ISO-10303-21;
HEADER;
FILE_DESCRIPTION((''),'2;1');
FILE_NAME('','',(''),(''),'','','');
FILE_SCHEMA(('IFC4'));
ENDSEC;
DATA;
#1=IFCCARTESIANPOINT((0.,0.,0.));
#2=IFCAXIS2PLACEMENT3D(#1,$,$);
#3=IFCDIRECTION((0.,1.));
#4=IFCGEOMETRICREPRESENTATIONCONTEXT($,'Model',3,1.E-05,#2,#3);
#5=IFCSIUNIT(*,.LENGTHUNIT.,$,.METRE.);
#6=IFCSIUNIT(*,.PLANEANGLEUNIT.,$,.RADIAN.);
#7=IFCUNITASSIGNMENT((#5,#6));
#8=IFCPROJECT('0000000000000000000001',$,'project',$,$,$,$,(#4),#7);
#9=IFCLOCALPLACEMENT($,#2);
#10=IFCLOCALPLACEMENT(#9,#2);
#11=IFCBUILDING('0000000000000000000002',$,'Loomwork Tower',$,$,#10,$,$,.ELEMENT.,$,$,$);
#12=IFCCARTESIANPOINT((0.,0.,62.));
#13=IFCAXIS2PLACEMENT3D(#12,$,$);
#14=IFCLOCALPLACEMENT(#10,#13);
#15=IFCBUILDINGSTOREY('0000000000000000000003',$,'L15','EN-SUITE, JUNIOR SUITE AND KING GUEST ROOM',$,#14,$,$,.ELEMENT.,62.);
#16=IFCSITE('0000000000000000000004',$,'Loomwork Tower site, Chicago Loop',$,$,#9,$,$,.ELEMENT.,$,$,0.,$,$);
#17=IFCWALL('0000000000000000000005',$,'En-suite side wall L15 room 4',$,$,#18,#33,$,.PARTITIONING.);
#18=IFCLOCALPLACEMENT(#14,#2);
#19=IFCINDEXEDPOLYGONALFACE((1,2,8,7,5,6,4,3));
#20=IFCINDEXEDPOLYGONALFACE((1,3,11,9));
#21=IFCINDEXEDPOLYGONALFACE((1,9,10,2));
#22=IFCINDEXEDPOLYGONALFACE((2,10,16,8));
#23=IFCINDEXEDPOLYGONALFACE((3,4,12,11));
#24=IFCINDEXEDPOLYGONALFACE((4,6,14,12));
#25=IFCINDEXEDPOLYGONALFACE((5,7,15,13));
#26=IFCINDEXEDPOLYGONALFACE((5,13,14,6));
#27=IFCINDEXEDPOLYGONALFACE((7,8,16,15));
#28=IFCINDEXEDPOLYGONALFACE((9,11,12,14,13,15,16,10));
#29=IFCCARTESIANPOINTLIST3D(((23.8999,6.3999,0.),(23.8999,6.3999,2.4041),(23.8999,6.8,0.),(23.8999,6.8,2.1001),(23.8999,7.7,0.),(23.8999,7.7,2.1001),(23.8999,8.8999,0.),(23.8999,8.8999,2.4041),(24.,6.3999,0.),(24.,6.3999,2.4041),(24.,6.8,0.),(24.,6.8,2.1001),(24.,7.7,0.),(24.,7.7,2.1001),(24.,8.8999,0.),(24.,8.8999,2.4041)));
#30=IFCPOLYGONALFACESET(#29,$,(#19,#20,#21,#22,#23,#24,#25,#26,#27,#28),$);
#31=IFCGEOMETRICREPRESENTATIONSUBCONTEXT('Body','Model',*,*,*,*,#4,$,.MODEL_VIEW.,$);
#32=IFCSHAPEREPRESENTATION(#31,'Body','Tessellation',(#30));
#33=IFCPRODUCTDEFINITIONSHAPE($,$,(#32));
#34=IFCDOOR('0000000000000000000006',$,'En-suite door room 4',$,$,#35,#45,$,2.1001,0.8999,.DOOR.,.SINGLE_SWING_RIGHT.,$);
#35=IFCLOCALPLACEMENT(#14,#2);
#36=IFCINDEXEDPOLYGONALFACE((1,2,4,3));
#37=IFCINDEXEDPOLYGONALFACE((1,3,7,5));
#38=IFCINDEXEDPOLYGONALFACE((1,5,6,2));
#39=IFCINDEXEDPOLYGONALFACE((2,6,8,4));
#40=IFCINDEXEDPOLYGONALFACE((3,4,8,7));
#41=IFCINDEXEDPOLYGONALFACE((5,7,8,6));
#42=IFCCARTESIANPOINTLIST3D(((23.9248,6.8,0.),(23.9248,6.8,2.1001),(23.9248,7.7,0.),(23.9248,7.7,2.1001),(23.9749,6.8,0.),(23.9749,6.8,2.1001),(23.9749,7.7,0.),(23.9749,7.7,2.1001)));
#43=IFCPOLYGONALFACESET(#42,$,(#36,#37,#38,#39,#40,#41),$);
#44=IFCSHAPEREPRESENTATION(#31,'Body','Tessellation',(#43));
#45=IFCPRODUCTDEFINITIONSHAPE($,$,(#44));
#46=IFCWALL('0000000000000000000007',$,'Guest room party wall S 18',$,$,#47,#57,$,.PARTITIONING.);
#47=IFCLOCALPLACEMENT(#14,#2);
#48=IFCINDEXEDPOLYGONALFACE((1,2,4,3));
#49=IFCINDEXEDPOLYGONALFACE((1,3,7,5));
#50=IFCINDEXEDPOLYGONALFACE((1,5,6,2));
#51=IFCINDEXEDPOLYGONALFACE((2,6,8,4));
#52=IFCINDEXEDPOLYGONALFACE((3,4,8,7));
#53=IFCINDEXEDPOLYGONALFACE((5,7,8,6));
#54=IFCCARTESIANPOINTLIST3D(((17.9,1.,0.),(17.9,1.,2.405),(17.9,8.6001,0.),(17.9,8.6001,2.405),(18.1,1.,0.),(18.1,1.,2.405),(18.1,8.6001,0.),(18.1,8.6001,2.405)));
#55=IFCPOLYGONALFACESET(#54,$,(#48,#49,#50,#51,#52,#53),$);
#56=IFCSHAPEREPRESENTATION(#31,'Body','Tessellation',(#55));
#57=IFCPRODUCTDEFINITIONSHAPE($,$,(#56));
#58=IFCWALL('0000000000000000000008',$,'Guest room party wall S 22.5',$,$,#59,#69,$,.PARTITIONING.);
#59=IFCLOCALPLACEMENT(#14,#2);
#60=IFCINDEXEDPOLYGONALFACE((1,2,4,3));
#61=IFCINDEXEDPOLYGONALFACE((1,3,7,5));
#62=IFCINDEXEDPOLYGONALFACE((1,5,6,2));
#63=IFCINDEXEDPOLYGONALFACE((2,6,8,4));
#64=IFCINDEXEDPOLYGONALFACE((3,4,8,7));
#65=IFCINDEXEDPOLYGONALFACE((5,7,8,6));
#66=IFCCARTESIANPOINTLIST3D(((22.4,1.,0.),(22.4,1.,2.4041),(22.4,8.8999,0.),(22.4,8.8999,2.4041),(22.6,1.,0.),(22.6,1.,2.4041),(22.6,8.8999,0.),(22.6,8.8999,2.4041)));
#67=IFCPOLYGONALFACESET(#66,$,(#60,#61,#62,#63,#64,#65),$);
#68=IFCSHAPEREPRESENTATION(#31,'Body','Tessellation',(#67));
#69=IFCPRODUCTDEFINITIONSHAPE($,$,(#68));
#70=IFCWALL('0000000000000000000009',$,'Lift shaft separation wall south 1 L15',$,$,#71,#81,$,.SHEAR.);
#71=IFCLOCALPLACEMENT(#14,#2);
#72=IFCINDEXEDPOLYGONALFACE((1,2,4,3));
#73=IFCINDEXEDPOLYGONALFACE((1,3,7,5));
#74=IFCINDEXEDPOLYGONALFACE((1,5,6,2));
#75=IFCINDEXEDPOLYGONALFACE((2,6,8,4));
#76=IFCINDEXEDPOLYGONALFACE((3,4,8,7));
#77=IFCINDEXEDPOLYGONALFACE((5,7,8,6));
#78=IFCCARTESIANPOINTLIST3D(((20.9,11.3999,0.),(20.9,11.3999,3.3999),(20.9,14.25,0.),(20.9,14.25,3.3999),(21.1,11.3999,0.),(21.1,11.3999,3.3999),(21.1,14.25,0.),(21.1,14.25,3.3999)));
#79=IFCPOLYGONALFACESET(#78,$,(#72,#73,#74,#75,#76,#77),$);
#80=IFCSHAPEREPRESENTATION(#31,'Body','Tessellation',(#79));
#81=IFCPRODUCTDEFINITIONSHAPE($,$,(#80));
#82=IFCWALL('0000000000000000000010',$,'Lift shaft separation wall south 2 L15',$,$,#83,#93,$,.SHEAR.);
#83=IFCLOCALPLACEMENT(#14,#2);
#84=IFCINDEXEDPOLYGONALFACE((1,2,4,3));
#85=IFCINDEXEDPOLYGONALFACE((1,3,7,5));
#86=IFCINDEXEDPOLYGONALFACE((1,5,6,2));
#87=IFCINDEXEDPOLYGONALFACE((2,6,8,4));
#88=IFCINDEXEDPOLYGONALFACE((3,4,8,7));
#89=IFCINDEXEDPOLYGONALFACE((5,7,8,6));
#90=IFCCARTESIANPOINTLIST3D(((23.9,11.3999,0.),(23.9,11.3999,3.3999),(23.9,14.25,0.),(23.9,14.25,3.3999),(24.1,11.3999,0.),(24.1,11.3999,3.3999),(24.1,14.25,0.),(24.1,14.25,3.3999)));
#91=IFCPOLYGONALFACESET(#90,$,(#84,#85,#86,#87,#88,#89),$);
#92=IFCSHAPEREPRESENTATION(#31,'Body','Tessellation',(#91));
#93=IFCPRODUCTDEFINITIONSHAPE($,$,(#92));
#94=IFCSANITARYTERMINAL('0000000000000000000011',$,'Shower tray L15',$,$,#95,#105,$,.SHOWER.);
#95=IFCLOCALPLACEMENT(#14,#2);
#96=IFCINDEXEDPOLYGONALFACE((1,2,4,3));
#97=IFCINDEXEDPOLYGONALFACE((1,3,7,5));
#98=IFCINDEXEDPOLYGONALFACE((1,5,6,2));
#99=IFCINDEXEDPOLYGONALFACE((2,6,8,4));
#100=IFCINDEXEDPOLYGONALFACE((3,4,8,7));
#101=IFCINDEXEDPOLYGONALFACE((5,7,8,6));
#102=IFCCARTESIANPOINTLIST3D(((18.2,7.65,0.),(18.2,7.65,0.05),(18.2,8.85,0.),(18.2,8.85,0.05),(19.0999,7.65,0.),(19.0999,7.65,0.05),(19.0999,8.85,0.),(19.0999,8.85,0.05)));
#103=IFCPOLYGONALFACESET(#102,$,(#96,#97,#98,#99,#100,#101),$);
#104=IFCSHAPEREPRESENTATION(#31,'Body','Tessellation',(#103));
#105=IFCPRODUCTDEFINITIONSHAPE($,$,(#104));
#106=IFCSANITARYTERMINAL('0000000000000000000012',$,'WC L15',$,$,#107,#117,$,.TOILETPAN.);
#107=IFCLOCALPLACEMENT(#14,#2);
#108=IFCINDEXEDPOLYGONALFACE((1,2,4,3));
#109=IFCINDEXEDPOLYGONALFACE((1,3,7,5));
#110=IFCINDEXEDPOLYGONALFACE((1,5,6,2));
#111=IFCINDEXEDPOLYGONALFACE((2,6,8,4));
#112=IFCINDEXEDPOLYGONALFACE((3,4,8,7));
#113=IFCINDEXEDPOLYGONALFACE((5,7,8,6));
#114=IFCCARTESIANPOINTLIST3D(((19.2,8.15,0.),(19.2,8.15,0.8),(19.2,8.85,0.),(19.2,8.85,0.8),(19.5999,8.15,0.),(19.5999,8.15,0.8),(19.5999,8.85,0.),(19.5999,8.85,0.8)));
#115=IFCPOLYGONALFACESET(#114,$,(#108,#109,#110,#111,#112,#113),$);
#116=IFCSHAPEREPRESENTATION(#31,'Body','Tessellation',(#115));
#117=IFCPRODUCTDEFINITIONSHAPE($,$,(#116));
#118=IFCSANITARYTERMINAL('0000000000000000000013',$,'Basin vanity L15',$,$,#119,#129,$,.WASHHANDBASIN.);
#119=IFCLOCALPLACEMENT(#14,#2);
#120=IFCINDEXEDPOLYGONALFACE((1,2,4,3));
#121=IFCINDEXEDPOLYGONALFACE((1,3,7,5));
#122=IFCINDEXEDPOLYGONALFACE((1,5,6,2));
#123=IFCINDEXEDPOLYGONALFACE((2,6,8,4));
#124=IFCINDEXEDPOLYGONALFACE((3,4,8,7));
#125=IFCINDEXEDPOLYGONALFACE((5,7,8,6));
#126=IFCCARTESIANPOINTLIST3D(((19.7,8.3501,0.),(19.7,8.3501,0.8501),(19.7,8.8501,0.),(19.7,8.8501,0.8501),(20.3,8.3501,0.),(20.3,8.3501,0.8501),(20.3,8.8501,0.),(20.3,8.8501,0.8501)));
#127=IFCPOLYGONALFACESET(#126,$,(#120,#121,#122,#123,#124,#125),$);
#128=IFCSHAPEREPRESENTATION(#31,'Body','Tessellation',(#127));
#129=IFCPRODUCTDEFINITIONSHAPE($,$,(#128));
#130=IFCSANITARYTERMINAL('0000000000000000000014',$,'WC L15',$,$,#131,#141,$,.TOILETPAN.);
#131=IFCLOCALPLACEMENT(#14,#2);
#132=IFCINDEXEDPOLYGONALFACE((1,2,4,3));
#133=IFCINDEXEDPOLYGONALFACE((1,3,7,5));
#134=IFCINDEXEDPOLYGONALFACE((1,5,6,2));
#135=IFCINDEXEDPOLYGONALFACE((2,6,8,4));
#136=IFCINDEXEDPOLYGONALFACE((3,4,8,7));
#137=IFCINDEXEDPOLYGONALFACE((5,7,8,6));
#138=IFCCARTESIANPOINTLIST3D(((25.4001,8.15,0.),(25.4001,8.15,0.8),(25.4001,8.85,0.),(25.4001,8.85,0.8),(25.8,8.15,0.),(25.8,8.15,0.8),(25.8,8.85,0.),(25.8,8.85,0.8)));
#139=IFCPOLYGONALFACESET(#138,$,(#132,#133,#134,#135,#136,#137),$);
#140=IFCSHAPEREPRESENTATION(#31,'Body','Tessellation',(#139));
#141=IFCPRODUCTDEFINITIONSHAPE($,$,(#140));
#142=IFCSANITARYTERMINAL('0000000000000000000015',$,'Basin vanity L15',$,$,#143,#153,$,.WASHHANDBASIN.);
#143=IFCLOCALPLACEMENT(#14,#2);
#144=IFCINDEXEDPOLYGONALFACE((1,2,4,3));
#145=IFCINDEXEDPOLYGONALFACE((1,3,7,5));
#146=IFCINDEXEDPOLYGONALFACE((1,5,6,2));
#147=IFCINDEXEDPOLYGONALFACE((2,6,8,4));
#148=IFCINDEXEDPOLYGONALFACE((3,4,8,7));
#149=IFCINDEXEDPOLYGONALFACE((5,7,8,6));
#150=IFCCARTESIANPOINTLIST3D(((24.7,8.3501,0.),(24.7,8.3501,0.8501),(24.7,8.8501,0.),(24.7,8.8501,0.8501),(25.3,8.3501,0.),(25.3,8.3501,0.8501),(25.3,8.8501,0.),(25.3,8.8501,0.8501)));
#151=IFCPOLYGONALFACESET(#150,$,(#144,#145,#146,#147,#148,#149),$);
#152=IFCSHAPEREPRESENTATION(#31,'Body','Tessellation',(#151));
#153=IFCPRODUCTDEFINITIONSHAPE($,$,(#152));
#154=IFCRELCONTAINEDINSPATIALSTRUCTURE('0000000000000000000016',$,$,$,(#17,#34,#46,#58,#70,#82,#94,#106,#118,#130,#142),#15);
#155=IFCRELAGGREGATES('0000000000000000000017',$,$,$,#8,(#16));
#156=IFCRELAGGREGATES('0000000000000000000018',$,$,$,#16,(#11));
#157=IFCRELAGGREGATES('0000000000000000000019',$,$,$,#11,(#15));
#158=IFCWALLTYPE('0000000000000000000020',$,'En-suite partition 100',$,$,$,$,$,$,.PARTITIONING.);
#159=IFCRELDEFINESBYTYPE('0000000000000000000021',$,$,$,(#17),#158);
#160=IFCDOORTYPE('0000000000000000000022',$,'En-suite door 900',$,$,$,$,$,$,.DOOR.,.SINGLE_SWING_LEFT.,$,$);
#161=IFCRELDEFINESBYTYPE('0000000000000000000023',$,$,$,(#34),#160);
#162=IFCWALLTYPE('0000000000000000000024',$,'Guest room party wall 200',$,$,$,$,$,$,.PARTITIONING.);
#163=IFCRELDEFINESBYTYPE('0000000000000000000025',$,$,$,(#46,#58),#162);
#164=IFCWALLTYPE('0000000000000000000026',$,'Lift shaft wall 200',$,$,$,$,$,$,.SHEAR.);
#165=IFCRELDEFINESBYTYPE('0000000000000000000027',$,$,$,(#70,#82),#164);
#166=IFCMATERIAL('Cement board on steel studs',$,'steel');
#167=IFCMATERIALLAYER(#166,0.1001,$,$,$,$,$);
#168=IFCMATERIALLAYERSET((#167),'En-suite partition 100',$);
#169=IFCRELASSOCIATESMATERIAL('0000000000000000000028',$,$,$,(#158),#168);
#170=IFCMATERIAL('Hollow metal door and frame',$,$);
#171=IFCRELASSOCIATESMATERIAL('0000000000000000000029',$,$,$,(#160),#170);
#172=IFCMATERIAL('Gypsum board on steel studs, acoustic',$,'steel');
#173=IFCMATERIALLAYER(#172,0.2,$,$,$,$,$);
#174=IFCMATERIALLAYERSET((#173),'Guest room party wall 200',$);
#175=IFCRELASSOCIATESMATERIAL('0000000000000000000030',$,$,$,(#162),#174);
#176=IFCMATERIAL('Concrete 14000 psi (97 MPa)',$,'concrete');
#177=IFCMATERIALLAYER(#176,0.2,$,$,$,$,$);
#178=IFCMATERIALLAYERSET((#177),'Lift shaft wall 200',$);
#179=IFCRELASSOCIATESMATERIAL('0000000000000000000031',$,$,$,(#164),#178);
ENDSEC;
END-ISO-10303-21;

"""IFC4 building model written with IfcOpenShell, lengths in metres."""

from ifc_helpers import new_model, si_unit, direction, frame, frame_2d, origin, origin_2d, place, context, subcontext, project, spatial, rectangle, extrude, material, layer, layer_set, type_object, element, fill, save


model = new_model("IFC4")

# Units and contexts
model_context = context("Model", 3, precision=1e-05, world=origin(), true_north=direction((0.0, 1.0)))
body_context = subcontext(model_context, "Body", "Model", "MODEL_VIEW")
ifc_project = project(units=[si_unit("LENGTHUNIT", "METRE"), si_unit("PLANEANGLEUNIT", "RADIAN")], contexts=[model_context])

# Site, building, storey
site_placement = place(None, origin())
site = spatial("IfcSite", under=ifc_project, at=site_placement, Name="Loomwork Tower site, Chicago Loop", CompositionType="ELEMENT", RefElevation=0.0)
building_placement = place(site_placement, origin())
building = spatial("IfcBuilding", under=site, at=building_placement, Name="Loomwork Tower", CompositionType="ELEMENT")
storey_placement = place(building_placement, frame((0.0, 0.0, 62.0)))
storey = spatial("IfcBuildingStorey", under=building, at=storey_placement, Name="L15", Description="EN-SUITE, JUNIOR SUITE AND KING GUEST ROOM", CompositionType="ELEMENT", Elevation=62.0)

# Wall, opening, door
ifc_material_1 = material(Name="Cement board on steel studs", Category="steel")
ifc_layer_1 = layer(ifc_material_1, 0.1001)
ifc_layer_set_1 = layer_set([ifc_layer_1], Name="En-suite partition 100")
wall_type_1 = type_object("IfcWallType", Name="En-suite partition 100", PredefinedType="PARTITIONING", material=ifc_layer_set_1)
ifc_material_2 = material(Name="Hollow metal door and frame")
door_type_1 = type_object("IfcDoorType", Name="En-suite door 900", OperationType="SINGLE_SWING_LEFT", PredefinedType="DOOR", material=ifc_material_2)
wall_1_placement = place(storey_placement, frame((23.95, 8.8999, 0.0), z_axis=(0.0, 0.0, 1.0), x_axis=(0.0, -1.0, 0.0)))
wall_1 = element("IfcWall", 1, at=wall_1_placement, inside=storey, type_object=wall_type_1, Name="En-suite side wall L15 room 4", PredefinedType="PARTITIONING", context=body_context, shape_type="SweptSolid", body=[
    extrude(rectangle(XDim=2.5, YDim=0.1001, at=frame_2d((1.25, 0.0))), origin(), (0.0, 0.0, 1.0), 2.4041),
])
opening_1_placement = place(wall_1_placement, frame((1.2, 0.0, 0.0)))
opening_1 = element("IfcOpeningElement", 2, at=opening_1_placement, cuts=wall_1, PredefinedType="OPENING", context=body_context, shape_type="SweptSolid", body=[
    extrude(rectangle(XDim=0.8999, YDim=2.1001, at=frame_2d((0.45, 1.05))), frame((0.0, 0.0601, 0.0), z_axis=(0.0, -1.0, 0.0), x_axis=(1.0, 0.0, 0.0)), (0.0, 0.0, 1.0), 0.1201),
])
door_1_placement = place(opening_1_placement, origin())
door_1 = element("IfcDoor", 3, at=door_1_placement, inside=storey, type_object=door_type_1, Name="En-suite door room 4", OperationType="SINGLE_SWING_RIGHT", OverallHeight=2.1001, OverallWidth=0.8999, PredefinedType="DOOR", context=body_context, shape_type="SweptSolid", body=[
    extrude(rectangle(XDim=0.8999, YDim=2.1001, at=frame_2d((0.45, 1.05))), frame((0.0, 0.0249, 0.0), z_axis=(0.0, -1.0, 0.0), x_axis=(1.0, 0.0, 0.0)), (0.0, 0.0, 1.0), 0.05),
])
fill(opening_1, door_1)

# Walls
ifc_material_3 = material(Name="Gypsum board on steel studs, acoustic", Category="steel")
ifc_layer_2 = layer(ifc_material_3, 0.2)
ifc_layer_set_2 = layer_set([ifc_layer_2], Name="Guest room party wall 200")
wall_type_2 = type_object("IfcWallType", Name="Guest room party wall 200", PredefinedType="PARTITIONING", material=ifc_layer_set_2)
wall_2_placement = place(storey_placement, frame((18.0, 8.6001, 0.0), z_axis=(0.0, 0.0, 1.0), x_axis=(0.0, -1.0, 0.0)))
element("IfcWall", 4, at=wall_2_placement, inside=storey, type_object=wall_type_2, Name="Guest room party wall S 18", PredefinedType="PARTITIONING", context=body_context, shape_type="SweptSolid", body=[
    extrude(rectangle(XDim=7.6001, YDim=0.2, at=frame_2d((3.8, 0.0))), origin(), (0.0, 0.0, 1.0), 2.405),
])
wall_3_placement = place(storey_placement, frame((22.5, 8.8999, 0.0), z_axis=(0.0, 0.0, 1.0), x_axis=(0.0, -1.0, 0.0)))
element("IfcWall", 5, at=wall_3_placement, inside=storey, type_object=wall_type_2, Name="Guest room party wall S 22.5", PredefinedType="PARTITIONING", context=body_context, shape_type="SweptSolid", body=[
    extrude(rectangle(XDim=7.8999, YDim=0.2, at=frame_2d((3.95, 0.0))), origin(), (0.0, 0.0, 1.0), 2.4041),
])
ifc_material_4 = material(Name="Concrete 14000 psi (97 MPa)", Category="concrete")
ifc_layer_3 = layer(ifc_material_4, 0.2)
ifc_layer_set_3 = layer_set([ifc_layer_3], Name="Lift shaft wall 200")
wall_type_3 = type_object("IfcWallType", Name="Lift shaft wall 200", PredefinedType="SHEAR", material=ifc_layer_set_3)
for number, where, z_axis, x_axis, name in (
    (6, (21.0, 11.3999, 0.0), (0.0, 0.0, 1.0), (0.0, 1.0, 0.0), "Lift shaft separation wall south 1 L15"),
    (7, (24.0, 11.3999, 0.0), (0.0, 0.0, 1.0), (0.0, 1.0, 0.0), "Lift shaft separation wall south 2 L15"),
):
    element("IfcWall", number, at=place(storey_placement, frame(where, z_axis=z_axis, x_axis=x_axis)), inside=storey, type_object=wall_type_3, Name=name, PredefinedType="SHEAR", context=body_context, shape_type="SweptSolid", body=[
        extrude(rectangle(XDim=2.8501, YDim=0.2, at=frame_2d((1.425, 0.0))), origin(), (0.0, 0.0, 1.0), 3.3999),
    ])

# Sanitary terminals
sanitary_terminal_1_placement = place(storey_placement, frame((18.6499, 8.25, 0.0), z_axis=(0.0, 0.0, 1.0), x_axis=(1.0, 0.0, 0.0)))
element("IfcSanitaryTerminal", 8, at=sanitary_terminal_1_placement, inside=storey, Name="Shower tray L15", PredefinedType="SHOWER", context=body_context, shape_type="SweptSolid", body=[
    extrude(rectangle(XDim=0.8999, YDim=1.2, at=origin_2d()), origin(), (0.0, 0.0, 1.0), 0.05),
])
sanitary_terminal_2_placement = place(storey_placement, frame((19.3999, 8.5, 0.0), z_axis=(0.0, 0.0, 1.0), x_axis=(1.0, 0.0, 0.0)))
element("IfcSanitaryTerminal", 9, at=sanitary_terminal_2_placement, inside=storey, Name="WC L15", PredefinedType="TOILETPAN", context=body_context, shape_type="SweptSolid", body=[
    extrude(rectangle(XDim=0.3999, YDim=0.7, at=origin_2d()), origin(), (0.0, 0.0, 1.0), 0.8),
])
sanitary_terminal_3_placement = place(storey_placement, frame((20.0, 8.6001, 0.0), z_axis=(0.0, 0.0, 1.0), x_axis=(1.0, 0.0, 0.0)))
element("IfcSanitaryTerminal", 10, at=sanitary_terminal_3_placement, inside=storey, Name="Basin vanity L15", PredefinedType="WASHHANDBASIN", context=body_context, shape_type="SweptSolid", body=[
    extrude(rectangle(XDim=0.6001, YDim=0.5, at=origin_2d()), origin(), (0.0, 0.0, 1.0), 0.8501),
])
sanitary_terminal_4_placement = place(storey_placement, frame((25.6001, 8.5, 0.0), z_axis=(0.0, 0.0, 1.0), x_axis=(1.0, 0.0, 0.0)))
element("IfcSanitaryTerminal", 11, at=sanitary_terminal_4_placement, inside=storey, Name="WC L15", PredefinedType="TOILETPAN", context=body_context, shape_type="SweptSolid", body=[
    extrude(rectangle(XDim=0.3999, YDim=0.7, at=origin_2d()), origin(), (0.0, 0.0, 1.0), 0.8),
])
sanitary_terminal_5_placement = place(storey_placement, frame((25.0, 8.6001, 0.0), z_axis=(0.0, 0.0, 1.0), x_axis=(1.0, 0.0, 0.0)))
element("IfcSanitaryTerminal", 12, at=sanitary_terminal_5_placement, inside=storey, Name="Basin vanity L15", PredefinedType="WASHHANDBASIN", context=body_context, shape_type="SweptSolid", body=[
    extrude(rectangle(XDim=0.6001, YDim=0.5, at=origin_2d()), origin(), (0.0, 0.0, 1.0), 0.8501),
])

save(model, "model.ifc")
